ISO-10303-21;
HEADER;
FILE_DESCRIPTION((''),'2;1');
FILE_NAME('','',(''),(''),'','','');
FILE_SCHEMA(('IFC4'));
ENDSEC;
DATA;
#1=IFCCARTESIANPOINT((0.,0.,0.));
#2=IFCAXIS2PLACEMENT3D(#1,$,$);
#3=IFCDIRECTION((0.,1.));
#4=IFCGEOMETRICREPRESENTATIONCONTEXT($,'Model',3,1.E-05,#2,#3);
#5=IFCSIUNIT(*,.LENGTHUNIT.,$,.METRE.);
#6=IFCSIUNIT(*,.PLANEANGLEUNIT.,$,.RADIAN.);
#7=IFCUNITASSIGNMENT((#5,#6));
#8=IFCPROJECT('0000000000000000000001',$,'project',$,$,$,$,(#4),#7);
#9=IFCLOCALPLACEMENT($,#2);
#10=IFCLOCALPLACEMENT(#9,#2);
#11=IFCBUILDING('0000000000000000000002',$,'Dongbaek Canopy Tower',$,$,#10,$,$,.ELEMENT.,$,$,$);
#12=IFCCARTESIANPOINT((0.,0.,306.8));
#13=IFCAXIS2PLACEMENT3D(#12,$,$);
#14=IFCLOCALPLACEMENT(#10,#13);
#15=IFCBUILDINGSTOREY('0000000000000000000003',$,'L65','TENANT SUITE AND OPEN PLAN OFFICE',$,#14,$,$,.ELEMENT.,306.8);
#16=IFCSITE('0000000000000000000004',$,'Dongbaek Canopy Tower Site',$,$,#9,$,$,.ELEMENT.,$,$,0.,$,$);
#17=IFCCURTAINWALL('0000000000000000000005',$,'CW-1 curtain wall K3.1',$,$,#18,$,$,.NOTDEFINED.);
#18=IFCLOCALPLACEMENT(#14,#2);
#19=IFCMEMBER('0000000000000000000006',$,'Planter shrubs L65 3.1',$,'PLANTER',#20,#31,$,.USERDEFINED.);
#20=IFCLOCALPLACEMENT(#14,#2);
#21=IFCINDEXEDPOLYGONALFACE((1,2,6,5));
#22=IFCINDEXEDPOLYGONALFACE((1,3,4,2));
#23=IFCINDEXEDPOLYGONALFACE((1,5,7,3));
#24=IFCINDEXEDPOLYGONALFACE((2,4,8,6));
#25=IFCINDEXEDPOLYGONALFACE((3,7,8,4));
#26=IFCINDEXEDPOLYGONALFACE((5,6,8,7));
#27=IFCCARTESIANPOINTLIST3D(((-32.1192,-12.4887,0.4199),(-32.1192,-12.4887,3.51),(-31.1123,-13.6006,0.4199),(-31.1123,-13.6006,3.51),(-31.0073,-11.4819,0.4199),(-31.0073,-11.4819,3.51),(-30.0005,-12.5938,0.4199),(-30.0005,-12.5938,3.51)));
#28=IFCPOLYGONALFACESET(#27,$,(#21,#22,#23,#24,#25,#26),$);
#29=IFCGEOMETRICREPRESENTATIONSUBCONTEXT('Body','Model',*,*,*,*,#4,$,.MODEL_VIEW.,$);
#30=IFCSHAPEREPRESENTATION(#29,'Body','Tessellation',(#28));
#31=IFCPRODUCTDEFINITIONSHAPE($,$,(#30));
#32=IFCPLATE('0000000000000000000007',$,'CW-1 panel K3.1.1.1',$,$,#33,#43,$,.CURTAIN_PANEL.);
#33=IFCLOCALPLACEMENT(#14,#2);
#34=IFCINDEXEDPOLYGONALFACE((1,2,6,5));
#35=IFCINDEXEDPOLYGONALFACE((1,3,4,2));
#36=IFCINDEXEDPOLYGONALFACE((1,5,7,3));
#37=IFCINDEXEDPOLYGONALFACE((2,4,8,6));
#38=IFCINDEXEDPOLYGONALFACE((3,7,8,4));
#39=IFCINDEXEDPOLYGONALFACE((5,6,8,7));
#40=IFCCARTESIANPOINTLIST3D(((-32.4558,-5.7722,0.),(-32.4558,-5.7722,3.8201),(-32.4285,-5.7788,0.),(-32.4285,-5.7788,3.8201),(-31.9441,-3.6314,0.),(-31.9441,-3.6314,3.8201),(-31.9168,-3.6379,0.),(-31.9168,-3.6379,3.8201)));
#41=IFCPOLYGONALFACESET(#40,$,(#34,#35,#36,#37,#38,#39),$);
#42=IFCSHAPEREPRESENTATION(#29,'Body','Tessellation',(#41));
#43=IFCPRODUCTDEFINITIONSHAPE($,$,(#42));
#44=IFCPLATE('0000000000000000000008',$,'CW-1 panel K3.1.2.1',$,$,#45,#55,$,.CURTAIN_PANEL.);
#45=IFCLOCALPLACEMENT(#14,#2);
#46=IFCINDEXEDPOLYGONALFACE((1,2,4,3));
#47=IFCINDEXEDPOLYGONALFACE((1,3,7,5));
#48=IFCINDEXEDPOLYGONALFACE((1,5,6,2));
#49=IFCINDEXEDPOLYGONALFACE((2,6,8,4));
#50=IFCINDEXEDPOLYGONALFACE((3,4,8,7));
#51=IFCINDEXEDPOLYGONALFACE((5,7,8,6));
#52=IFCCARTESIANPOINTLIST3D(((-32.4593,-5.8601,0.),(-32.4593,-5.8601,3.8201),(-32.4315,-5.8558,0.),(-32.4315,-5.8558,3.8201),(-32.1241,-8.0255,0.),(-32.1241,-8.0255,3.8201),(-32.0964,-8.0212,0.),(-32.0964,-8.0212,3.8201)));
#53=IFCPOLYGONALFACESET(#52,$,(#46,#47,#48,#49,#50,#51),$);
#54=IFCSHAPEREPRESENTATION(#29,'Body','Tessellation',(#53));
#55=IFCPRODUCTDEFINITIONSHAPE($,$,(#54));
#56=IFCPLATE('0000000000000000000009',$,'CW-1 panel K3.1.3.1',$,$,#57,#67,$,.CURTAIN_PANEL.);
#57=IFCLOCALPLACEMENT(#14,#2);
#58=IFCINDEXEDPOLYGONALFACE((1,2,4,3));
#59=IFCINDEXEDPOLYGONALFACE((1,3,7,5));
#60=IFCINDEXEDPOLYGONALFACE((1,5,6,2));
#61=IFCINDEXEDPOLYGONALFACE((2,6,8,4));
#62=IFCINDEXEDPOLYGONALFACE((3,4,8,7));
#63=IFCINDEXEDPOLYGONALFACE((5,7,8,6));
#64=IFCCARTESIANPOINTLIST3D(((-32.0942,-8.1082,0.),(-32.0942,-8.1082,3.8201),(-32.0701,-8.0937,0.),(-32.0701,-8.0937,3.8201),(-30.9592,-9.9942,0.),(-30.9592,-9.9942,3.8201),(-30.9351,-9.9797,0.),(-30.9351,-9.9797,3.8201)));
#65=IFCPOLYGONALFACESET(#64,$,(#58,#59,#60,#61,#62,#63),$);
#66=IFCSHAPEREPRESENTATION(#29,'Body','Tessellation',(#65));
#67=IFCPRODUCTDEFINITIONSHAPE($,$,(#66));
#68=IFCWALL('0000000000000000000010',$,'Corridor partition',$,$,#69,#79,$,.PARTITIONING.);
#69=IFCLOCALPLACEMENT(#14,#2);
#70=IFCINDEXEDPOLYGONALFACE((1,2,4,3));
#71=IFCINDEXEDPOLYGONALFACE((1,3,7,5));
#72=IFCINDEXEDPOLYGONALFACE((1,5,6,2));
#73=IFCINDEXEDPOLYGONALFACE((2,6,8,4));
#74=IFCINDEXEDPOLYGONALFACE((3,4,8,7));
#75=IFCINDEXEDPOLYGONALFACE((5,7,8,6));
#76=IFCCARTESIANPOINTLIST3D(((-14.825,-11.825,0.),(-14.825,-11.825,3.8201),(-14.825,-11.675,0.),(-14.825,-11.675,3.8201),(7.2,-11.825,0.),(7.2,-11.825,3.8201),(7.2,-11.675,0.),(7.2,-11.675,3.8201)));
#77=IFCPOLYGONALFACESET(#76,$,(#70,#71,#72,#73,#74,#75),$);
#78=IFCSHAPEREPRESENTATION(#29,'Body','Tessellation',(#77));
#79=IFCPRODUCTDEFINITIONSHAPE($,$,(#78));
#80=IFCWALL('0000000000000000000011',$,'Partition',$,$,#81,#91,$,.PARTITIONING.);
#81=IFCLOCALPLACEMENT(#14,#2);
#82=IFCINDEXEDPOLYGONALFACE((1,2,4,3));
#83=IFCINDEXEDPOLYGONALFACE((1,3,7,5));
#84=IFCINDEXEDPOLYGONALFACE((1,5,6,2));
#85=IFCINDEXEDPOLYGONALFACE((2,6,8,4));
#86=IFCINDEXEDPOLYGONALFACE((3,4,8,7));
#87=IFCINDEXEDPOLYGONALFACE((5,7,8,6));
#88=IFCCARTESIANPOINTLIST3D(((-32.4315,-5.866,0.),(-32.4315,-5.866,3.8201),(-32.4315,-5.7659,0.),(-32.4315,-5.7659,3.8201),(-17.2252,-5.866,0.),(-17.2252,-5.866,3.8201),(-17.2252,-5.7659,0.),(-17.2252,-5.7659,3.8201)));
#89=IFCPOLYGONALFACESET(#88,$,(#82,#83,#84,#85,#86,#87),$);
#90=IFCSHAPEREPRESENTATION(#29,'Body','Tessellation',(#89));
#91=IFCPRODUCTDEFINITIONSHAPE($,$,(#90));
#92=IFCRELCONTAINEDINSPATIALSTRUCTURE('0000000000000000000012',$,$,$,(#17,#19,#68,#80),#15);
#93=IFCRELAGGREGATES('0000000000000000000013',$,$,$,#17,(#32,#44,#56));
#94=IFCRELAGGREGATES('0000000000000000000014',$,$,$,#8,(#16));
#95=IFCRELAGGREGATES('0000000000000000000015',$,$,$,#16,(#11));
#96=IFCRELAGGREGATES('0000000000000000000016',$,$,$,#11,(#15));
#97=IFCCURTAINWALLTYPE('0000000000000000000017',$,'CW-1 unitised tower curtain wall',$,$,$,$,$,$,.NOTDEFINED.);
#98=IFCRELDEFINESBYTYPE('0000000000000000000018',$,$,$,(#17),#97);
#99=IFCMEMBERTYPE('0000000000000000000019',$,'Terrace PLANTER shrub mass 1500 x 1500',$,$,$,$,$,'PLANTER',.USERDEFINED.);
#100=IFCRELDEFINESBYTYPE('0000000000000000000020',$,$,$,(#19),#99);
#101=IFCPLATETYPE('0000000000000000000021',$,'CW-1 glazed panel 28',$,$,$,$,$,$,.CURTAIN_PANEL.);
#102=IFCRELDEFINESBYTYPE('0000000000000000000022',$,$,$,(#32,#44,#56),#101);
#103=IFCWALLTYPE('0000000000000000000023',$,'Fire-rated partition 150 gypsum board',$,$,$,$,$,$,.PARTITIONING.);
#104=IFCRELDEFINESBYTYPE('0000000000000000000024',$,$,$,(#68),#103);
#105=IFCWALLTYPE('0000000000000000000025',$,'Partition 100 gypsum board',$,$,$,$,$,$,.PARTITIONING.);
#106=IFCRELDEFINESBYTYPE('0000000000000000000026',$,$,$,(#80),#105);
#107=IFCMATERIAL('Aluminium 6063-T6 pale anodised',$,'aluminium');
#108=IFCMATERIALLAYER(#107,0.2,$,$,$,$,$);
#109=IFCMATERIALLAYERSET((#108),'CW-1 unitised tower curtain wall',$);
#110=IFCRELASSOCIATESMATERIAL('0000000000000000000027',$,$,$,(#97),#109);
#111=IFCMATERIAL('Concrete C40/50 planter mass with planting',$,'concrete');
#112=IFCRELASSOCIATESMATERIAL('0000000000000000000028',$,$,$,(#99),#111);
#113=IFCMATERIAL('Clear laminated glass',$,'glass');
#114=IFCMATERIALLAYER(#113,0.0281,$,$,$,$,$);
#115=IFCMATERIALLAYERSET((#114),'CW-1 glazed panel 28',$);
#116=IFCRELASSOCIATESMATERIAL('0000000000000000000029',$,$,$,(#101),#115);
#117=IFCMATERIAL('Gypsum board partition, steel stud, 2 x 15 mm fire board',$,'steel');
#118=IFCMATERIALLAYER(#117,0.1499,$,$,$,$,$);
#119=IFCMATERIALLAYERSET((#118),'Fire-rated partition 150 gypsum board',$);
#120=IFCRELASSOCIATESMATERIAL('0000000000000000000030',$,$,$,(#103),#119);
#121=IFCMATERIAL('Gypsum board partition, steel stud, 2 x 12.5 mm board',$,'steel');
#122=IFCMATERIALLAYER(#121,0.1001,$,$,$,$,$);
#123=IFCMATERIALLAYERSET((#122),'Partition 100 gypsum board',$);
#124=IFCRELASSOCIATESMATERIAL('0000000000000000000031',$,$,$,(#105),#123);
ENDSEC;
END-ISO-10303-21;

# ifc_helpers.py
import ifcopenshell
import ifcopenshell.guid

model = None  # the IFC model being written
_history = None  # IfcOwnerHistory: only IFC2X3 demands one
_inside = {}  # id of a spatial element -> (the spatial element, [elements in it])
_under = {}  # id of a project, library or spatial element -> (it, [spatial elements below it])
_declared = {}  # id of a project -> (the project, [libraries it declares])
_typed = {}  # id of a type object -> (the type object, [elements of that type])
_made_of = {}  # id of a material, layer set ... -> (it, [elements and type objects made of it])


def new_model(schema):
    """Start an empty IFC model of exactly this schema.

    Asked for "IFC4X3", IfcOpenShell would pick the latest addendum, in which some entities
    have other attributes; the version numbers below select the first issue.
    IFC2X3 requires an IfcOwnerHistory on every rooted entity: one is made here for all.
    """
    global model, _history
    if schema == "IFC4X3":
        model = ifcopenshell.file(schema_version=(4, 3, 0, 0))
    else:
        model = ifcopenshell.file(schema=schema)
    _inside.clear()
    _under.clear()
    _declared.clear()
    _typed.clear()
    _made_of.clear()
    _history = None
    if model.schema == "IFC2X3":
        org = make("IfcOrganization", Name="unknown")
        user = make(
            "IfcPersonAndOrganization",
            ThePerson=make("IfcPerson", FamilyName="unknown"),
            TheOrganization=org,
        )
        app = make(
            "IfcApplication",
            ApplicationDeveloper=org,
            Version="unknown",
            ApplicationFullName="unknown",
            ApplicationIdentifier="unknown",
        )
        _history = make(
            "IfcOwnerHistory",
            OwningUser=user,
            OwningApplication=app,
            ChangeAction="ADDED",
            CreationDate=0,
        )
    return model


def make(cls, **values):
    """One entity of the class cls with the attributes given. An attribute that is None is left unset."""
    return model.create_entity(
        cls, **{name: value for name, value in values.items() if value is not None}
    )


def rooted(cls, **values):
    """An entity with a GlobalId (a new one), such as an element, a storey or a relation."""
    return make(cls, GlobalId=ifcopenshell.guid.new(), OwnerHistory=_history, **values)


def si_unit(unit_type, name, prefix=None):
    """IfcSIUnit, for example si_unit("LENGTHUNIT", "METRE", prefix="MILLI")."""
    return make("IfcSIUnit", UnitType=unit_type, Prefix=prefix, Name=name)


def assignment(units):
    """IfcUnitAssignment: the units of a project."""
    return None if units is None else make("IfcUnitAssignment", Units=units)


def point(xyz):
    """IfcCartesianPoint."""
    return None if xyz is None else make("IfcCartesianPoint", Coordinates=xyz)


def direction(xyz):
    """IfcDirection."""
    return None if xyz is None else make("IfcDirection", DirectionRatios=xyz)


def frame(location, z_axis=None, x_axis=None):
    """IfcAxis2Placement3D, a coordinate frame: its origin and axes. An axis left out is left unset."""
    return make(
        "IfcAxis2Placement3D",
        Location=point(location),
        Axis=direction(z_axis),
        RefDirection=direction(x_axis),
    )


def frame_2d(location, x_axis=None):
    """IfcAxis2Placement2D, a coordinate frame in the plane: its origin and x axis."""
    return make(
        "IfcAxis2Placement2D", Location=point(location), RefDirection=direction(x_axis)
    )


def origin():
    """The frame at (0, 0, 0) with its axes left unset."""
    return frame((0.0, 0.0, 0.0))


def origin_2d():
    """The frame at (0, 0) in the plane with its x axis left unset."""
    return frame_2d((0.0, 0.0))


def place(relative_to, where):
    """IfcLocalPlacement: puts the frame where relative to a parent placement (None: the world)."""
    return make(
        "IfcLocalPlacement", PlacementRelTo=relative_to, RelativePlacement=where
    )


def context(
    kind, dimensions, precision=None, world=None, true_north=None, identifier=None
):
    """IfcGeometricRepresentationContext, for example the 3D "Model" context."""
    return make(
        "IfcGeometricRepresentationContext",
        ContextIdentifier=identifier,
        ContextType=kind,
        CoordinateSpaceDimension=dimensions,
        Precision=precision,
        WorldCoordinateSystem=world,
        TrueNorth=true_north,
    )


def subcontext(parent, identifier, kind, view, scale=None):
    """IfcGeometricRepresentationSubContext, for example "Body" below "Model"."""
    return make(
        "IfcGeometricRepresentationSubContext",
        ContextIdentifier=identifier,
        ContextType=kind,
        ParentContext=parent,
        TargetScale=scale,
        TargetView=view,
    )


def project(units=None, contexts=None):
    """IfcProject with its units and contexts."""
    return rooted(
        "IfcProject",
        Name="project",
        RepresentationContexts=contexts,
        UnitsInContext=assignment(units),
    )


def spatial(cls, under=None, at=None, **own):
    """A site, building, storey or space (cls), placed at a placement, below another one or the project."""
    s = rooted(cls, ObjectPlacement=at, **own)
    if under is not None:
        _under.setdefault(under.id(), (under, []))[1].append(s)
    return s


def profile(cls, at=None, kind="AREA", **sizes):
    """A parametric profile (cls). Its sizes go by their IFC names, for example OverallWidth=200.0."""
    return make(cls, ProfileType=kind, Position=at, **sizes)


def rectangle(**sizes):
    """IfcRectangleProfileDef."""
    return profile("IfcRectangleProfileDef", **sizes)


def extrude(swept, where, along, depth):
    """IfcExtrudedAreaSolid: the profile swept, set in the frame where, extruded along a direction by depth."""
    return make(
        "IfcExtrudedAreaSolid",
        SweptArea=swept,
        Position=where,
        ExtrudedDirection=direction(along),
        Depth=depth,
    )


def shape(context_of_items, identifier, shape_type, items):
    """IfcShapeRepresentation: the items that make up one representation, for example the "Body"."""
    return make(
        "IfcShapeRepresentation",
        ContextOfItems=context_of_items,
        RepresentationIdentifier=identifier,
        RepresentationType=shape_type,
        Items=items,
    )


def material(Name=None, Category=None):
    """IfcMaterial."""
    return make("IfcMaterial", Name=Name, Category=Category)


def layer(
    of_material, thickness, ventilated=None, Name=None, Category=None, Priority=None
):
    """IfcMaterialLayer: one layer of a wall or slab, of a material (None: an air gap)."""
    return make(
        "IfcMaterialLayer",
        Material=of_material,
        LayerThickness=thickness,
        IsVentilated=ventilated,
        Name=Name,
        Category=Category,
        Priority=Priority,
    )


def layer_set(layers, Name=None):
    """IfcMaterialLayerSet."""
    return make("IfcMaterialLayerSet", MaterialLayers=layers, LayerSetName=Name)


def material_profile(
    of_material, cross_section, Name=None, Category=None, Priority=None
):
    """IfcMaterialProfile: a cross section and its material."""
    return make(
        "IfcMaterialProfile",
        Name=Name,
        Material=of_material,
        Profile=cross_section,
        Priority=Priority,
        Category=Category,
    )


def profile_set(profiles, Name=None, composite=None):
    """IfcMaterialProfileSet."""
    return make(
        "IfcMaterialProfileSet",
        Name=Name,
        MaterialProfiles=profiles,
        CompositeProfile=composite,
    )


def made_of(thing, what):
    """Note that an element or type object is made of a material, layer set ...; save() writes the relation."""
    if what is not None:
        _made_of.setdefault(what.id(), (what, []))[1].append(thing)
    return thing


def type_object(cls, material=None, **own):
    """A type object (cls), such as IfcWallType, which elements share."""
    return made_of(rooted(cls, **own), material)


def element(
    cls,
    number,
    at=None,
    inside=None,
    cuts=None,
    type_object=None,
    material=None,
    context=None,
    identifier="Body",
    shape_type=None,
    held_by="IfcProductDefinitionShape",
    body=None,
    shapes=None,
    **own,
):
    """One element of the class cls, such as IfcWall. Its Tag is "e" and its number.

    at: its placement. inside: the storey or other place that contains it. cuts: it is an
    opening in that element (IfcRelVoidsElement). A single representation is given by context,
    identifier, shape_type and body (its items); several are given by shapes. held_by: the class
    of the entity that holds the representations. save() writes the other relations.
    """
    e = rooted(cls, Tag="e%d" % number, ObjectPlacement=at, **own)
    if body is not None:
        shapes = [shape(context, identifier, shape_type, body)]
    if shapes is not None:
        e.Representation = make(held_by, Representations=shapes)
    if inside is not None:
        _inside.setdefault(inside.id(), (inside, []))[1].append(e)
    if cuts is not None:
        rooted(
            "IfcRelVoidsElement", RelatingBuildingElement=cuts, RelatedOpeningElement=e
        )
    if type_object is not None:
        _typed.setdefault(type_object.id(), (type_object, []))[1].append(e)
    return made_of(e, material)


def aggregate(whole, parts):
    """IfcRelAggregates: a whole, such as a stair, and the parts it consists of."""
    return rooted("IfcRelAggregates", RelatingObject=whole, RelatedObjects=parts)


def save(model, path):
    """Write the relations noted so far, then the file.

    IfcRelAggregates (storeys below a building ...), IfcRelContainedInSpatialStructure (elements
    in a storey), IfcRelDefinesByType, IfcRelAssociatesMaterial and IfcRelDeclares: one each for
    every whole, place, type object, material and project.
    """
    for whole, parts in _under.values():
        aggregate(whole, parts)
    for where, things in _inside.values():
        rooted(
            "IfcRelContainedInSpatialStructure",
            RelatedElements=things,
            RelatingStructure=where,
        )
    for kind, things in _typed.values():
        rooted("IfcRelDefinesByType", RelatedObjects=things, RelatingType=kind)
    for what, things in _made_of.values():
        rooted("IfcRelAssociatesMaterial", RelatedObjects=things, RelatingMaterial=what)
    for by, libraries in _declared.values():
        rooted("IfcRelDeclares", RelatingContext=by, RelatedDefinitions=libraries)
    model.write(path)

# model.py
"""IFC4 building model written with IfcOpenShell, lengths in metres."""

from ifc_helpers import new_model, si_unit, direction, frame, frame_2d, origin, origin_2d, place, context, subcontext, project, spatial, rectangle, extrude, material, layer, layer_set, material_profile, profile_set, type_object, element, aggregate, save


model = new_model("IFC4")

# Units and contexts
model_context = context("Model", 3, precision=1e-05, world=origin(), true_north=direction((0.0, 1.0)))
body_context = subcontext(model_context, "Body", "Model", "MODEL_VIEW")
ifc_project = project(units=[si_unit("LENGTHUNIT", "METRE"), si_unit("PLANEANGLEUNIT", "RADIAN")], contexts=[model_context])

# Site, building, storey
site_placement = place(None, origin())
site = spatial("IfcSite", under=ifc_project, at=site_placement, Name="Dongbaek Canopy Tower Site", CompositionType="ELEMENT", RefElevation=0.0)
building_placement = place(site_placement, origin())
building = spatial("IfcBuilding", under=site, at=building_placement, Name="Dongbaek Canopy Tower", CompositionType="ELEMENT")
storey_placement = place(building_placement, frame((0.0, 0.0, 306.8)))
storey = spatial("IfcBuildingStorey", under=building, at=storey_placement, Name="L65", Description="TENANT SUITE AND OPEN PLAN OFFICE", CompositionType="ELEMENT", Elevation=306.8)

# Curtain wall
ifc_material_1 = material(Name="Aluminium 6063-T6 pale anodised", Category="aluminium")
ifc_layer_1 = layer(ifc_material_1, 0.2)
ifc_layer_set_1 = layer_set([ifc_layer_1], Name="CW-1 unitised tower curtain wall")
curtain_wall_type = type_object("IfcCurtainWallType", Name="CW-1 unitised tower curtain wall", PredefinedType="NOTDEFINED", material=ifc_layer_set_1)
curtain_wall_placement = place(storey_placement, origin())
curtain_wall = element("IfcCurtainWall", 1, at=curtain_wall_placement, inside=storey, type_object=curtain_wall_type, Name="CW-1 curtain wall K3.1", PredefinedType="NOTDEFINED")

# Member
ifc_material_2 = material(Name="Concrete C40/50 planter mass with planting", Category="concrete")
ifc_material_profile_1 = material_profile(ifc_material_2, rectangle(XDim=1.5, YDim=1.5, at=origin_2d()), Name="Terrace PLANTER shrub mass 1500 x 1500")
ifc_profile_set_1 = profile_set([ifc_material_profile_1], Name="Concrete C40/50 planter mass with planting")
member_type_1 = type_object("IfcMemberType", Name="Terrace PLANTER shrub mass 1500 x 1500", ElementType="PLANTER", PredefinedType="USERDEFINED", material=ifc_profile_set_1)
member_1_placement = place(storey_placement, frame((-31.0598, -12.5413, 0.4199), z_axis=(0.0, 0.0, 1.0), x_axis=(-0.741254, -0.671225, 0.0)))
element("IfcMember", 2, at=member_1_placement, inside=storey, type_object=member_type_1, Name="Planter shrubs L65 3.1", ObjectType="PLANTER", PredefinedType="USERDEFINED", context=body_context, shape_type="SweptSolid", body=[
    extrude(rectangle(XDim=1.5, YDim=1.5, at=origin_2d()), origin(), (0.0, 0.0, 1.0), 3.0901),
])

# Plates
ifc_material_3 = material(Name="Clear laminated glass", Category="glass")
ifc_layer_2 = layer(ifc_material_3, 0.0281)
ifc_layer_set_2 = layer_set([ifc_layer_2], Name="CW-1 glazed panel 28")
plate_type = type_object("IfcPlateType", Name="CW-1 glazed panel 28", PredefinedType="CURTAIN_PANEL", material=ifc_layer_set_2)
plate_1_placement = place(storey_placement, frame((-32.1863, -4.7051, 0.0), z_axis=(0.0, 0.0, 1.0), x_axis=(-0.232482, -0.972601, 0.0)))
plate_1 = element("IfcPlate", 3, at=plate_1_placement, type_object=plate_type, Name="CW-1 panel K3.1.1.1", PredefinedType="CURTAIN_PANEL", context=body_context, shape_type="SweptSolid", body=[
    extrude(rectangle(XDim=2.2012, YDim=0.0281, at=origin_2d()), origin(), (0.0, 0.0, 1.0), 3.8201),
])
plate_2_placement = place(storey_placement, frame((-32.2778, -6.9407, 0.0), z_axis=(0.0, 0.0, 1.0), x_axis=(0.152964, -0.988232, 0.0)))
plate_2 = element("IfcPlate", 4, at=plate_2_placement, type_object=plate_type, Name="CW-1 panel K3.1.2.1", PredefinedType="CURTAIN_PANEL", context=body_context, shape_type="SweptSolid", body=[
    extrude(rectangle(XDim=2.1912, YDim=0.0281, at=origin_2d()), origin(), (0.0, 0.0, 1.0), 3.8201),
])
plate_3_placement = place(storey_placement, frame((-31.5146, -9.0439, 0.0), z_axis=(0.0, 0.0, 1.0), x_axis=(0.515646, -0.856802, 0.0)))
plate_3 = element("IfcPlate", 5, at=plate_3_placement, type_object=plate_type, Name="CW-1 panel K3.1.3.1", PredefinedType="CURTAIN_PANEL", context=body_context, shape_type="SweptSolid", body=[
    extrude(rectangle(XDim=2.2012, YDim=0.0281, at=origin_2d()), origin(), (0.0, 0.0, 1.0), 3.8201),
])
aggregate(curtain_wall, [plate_1, plate_2, plate_3])

# Walls
ifc_material_4 = material(Name="Gypsum board partition, steel stud, 2 x 15 mm fire board", Category="steel")
ifc_layer_3 = layer(ifc_material_4, 0.1499)
ifc_layer_set_3 = layer_set([ifc_layer_3], Name="Fire-rated partition 150 gypsum board")
wall_type_1 = type_object("IfcWallType", Name="Fire-rated partition 150 gypsum board", PredefinedType="PARTITIONING", material=ifc_layer_set_3)
wall_1_placement = place(storey_placement, frame((-14.825, -11.75, 0.0), z_axis=(0.0, 0.0, 1.0), x_axis=(1.0, 0.0, 0.0)))
element("IfcWall", 6, at=wall_1_placement, inside=storey, type_object=wall_type_1, Name="Corridor partition", PredefinedType="PARTITIONING", context=body_context, shape_type="SweptSolid", body=[
    extrude(rectangle(XDim=22.0249, YDim=0.1499, at=frame_2d((11.0125, 0.0))), origin(), (0.0, 0.0, 1.0), 3.8201),
])
ifc_material_5 = material(Name="Gypsum board partition, steel stud, 2 x 12.5 mm board", Category="steel")
ifc_layer_4 = layer(ifc_material_5, 0.1001)
ifc_layer_set_4 = layer_set([ifc_layer_4], Name="Partition 100 gypsum board")
wall_type_2 = type_object("IfcWallType", Name="Partition 100 gypsum board", PredefinedType="PARTITIONING", material=ifc_layer_set_4)
wall_2_placement = place(storey_placement, frame((-32.4314, -5.8159, 0.0), z_axis=(0.0, 0.0, 1.0), x_axis=(1.0, 0.0, 0.0)))
element("IfcWall", 7, at=wall_2_placement, inside=storey, type_object=wall_type_2, Name="Partition", PredefinedType="PARTITIONING", context=body_context, shape_type="SweptSolid", body=[
    extrude(rectangle(XDim=15.2063, YDim=0.1001, at=frame_2d((7.603, 0.0))), origin(), (0.0, 0.0, 1.0), 3.8201),
])

save(model, "model.ifc")
